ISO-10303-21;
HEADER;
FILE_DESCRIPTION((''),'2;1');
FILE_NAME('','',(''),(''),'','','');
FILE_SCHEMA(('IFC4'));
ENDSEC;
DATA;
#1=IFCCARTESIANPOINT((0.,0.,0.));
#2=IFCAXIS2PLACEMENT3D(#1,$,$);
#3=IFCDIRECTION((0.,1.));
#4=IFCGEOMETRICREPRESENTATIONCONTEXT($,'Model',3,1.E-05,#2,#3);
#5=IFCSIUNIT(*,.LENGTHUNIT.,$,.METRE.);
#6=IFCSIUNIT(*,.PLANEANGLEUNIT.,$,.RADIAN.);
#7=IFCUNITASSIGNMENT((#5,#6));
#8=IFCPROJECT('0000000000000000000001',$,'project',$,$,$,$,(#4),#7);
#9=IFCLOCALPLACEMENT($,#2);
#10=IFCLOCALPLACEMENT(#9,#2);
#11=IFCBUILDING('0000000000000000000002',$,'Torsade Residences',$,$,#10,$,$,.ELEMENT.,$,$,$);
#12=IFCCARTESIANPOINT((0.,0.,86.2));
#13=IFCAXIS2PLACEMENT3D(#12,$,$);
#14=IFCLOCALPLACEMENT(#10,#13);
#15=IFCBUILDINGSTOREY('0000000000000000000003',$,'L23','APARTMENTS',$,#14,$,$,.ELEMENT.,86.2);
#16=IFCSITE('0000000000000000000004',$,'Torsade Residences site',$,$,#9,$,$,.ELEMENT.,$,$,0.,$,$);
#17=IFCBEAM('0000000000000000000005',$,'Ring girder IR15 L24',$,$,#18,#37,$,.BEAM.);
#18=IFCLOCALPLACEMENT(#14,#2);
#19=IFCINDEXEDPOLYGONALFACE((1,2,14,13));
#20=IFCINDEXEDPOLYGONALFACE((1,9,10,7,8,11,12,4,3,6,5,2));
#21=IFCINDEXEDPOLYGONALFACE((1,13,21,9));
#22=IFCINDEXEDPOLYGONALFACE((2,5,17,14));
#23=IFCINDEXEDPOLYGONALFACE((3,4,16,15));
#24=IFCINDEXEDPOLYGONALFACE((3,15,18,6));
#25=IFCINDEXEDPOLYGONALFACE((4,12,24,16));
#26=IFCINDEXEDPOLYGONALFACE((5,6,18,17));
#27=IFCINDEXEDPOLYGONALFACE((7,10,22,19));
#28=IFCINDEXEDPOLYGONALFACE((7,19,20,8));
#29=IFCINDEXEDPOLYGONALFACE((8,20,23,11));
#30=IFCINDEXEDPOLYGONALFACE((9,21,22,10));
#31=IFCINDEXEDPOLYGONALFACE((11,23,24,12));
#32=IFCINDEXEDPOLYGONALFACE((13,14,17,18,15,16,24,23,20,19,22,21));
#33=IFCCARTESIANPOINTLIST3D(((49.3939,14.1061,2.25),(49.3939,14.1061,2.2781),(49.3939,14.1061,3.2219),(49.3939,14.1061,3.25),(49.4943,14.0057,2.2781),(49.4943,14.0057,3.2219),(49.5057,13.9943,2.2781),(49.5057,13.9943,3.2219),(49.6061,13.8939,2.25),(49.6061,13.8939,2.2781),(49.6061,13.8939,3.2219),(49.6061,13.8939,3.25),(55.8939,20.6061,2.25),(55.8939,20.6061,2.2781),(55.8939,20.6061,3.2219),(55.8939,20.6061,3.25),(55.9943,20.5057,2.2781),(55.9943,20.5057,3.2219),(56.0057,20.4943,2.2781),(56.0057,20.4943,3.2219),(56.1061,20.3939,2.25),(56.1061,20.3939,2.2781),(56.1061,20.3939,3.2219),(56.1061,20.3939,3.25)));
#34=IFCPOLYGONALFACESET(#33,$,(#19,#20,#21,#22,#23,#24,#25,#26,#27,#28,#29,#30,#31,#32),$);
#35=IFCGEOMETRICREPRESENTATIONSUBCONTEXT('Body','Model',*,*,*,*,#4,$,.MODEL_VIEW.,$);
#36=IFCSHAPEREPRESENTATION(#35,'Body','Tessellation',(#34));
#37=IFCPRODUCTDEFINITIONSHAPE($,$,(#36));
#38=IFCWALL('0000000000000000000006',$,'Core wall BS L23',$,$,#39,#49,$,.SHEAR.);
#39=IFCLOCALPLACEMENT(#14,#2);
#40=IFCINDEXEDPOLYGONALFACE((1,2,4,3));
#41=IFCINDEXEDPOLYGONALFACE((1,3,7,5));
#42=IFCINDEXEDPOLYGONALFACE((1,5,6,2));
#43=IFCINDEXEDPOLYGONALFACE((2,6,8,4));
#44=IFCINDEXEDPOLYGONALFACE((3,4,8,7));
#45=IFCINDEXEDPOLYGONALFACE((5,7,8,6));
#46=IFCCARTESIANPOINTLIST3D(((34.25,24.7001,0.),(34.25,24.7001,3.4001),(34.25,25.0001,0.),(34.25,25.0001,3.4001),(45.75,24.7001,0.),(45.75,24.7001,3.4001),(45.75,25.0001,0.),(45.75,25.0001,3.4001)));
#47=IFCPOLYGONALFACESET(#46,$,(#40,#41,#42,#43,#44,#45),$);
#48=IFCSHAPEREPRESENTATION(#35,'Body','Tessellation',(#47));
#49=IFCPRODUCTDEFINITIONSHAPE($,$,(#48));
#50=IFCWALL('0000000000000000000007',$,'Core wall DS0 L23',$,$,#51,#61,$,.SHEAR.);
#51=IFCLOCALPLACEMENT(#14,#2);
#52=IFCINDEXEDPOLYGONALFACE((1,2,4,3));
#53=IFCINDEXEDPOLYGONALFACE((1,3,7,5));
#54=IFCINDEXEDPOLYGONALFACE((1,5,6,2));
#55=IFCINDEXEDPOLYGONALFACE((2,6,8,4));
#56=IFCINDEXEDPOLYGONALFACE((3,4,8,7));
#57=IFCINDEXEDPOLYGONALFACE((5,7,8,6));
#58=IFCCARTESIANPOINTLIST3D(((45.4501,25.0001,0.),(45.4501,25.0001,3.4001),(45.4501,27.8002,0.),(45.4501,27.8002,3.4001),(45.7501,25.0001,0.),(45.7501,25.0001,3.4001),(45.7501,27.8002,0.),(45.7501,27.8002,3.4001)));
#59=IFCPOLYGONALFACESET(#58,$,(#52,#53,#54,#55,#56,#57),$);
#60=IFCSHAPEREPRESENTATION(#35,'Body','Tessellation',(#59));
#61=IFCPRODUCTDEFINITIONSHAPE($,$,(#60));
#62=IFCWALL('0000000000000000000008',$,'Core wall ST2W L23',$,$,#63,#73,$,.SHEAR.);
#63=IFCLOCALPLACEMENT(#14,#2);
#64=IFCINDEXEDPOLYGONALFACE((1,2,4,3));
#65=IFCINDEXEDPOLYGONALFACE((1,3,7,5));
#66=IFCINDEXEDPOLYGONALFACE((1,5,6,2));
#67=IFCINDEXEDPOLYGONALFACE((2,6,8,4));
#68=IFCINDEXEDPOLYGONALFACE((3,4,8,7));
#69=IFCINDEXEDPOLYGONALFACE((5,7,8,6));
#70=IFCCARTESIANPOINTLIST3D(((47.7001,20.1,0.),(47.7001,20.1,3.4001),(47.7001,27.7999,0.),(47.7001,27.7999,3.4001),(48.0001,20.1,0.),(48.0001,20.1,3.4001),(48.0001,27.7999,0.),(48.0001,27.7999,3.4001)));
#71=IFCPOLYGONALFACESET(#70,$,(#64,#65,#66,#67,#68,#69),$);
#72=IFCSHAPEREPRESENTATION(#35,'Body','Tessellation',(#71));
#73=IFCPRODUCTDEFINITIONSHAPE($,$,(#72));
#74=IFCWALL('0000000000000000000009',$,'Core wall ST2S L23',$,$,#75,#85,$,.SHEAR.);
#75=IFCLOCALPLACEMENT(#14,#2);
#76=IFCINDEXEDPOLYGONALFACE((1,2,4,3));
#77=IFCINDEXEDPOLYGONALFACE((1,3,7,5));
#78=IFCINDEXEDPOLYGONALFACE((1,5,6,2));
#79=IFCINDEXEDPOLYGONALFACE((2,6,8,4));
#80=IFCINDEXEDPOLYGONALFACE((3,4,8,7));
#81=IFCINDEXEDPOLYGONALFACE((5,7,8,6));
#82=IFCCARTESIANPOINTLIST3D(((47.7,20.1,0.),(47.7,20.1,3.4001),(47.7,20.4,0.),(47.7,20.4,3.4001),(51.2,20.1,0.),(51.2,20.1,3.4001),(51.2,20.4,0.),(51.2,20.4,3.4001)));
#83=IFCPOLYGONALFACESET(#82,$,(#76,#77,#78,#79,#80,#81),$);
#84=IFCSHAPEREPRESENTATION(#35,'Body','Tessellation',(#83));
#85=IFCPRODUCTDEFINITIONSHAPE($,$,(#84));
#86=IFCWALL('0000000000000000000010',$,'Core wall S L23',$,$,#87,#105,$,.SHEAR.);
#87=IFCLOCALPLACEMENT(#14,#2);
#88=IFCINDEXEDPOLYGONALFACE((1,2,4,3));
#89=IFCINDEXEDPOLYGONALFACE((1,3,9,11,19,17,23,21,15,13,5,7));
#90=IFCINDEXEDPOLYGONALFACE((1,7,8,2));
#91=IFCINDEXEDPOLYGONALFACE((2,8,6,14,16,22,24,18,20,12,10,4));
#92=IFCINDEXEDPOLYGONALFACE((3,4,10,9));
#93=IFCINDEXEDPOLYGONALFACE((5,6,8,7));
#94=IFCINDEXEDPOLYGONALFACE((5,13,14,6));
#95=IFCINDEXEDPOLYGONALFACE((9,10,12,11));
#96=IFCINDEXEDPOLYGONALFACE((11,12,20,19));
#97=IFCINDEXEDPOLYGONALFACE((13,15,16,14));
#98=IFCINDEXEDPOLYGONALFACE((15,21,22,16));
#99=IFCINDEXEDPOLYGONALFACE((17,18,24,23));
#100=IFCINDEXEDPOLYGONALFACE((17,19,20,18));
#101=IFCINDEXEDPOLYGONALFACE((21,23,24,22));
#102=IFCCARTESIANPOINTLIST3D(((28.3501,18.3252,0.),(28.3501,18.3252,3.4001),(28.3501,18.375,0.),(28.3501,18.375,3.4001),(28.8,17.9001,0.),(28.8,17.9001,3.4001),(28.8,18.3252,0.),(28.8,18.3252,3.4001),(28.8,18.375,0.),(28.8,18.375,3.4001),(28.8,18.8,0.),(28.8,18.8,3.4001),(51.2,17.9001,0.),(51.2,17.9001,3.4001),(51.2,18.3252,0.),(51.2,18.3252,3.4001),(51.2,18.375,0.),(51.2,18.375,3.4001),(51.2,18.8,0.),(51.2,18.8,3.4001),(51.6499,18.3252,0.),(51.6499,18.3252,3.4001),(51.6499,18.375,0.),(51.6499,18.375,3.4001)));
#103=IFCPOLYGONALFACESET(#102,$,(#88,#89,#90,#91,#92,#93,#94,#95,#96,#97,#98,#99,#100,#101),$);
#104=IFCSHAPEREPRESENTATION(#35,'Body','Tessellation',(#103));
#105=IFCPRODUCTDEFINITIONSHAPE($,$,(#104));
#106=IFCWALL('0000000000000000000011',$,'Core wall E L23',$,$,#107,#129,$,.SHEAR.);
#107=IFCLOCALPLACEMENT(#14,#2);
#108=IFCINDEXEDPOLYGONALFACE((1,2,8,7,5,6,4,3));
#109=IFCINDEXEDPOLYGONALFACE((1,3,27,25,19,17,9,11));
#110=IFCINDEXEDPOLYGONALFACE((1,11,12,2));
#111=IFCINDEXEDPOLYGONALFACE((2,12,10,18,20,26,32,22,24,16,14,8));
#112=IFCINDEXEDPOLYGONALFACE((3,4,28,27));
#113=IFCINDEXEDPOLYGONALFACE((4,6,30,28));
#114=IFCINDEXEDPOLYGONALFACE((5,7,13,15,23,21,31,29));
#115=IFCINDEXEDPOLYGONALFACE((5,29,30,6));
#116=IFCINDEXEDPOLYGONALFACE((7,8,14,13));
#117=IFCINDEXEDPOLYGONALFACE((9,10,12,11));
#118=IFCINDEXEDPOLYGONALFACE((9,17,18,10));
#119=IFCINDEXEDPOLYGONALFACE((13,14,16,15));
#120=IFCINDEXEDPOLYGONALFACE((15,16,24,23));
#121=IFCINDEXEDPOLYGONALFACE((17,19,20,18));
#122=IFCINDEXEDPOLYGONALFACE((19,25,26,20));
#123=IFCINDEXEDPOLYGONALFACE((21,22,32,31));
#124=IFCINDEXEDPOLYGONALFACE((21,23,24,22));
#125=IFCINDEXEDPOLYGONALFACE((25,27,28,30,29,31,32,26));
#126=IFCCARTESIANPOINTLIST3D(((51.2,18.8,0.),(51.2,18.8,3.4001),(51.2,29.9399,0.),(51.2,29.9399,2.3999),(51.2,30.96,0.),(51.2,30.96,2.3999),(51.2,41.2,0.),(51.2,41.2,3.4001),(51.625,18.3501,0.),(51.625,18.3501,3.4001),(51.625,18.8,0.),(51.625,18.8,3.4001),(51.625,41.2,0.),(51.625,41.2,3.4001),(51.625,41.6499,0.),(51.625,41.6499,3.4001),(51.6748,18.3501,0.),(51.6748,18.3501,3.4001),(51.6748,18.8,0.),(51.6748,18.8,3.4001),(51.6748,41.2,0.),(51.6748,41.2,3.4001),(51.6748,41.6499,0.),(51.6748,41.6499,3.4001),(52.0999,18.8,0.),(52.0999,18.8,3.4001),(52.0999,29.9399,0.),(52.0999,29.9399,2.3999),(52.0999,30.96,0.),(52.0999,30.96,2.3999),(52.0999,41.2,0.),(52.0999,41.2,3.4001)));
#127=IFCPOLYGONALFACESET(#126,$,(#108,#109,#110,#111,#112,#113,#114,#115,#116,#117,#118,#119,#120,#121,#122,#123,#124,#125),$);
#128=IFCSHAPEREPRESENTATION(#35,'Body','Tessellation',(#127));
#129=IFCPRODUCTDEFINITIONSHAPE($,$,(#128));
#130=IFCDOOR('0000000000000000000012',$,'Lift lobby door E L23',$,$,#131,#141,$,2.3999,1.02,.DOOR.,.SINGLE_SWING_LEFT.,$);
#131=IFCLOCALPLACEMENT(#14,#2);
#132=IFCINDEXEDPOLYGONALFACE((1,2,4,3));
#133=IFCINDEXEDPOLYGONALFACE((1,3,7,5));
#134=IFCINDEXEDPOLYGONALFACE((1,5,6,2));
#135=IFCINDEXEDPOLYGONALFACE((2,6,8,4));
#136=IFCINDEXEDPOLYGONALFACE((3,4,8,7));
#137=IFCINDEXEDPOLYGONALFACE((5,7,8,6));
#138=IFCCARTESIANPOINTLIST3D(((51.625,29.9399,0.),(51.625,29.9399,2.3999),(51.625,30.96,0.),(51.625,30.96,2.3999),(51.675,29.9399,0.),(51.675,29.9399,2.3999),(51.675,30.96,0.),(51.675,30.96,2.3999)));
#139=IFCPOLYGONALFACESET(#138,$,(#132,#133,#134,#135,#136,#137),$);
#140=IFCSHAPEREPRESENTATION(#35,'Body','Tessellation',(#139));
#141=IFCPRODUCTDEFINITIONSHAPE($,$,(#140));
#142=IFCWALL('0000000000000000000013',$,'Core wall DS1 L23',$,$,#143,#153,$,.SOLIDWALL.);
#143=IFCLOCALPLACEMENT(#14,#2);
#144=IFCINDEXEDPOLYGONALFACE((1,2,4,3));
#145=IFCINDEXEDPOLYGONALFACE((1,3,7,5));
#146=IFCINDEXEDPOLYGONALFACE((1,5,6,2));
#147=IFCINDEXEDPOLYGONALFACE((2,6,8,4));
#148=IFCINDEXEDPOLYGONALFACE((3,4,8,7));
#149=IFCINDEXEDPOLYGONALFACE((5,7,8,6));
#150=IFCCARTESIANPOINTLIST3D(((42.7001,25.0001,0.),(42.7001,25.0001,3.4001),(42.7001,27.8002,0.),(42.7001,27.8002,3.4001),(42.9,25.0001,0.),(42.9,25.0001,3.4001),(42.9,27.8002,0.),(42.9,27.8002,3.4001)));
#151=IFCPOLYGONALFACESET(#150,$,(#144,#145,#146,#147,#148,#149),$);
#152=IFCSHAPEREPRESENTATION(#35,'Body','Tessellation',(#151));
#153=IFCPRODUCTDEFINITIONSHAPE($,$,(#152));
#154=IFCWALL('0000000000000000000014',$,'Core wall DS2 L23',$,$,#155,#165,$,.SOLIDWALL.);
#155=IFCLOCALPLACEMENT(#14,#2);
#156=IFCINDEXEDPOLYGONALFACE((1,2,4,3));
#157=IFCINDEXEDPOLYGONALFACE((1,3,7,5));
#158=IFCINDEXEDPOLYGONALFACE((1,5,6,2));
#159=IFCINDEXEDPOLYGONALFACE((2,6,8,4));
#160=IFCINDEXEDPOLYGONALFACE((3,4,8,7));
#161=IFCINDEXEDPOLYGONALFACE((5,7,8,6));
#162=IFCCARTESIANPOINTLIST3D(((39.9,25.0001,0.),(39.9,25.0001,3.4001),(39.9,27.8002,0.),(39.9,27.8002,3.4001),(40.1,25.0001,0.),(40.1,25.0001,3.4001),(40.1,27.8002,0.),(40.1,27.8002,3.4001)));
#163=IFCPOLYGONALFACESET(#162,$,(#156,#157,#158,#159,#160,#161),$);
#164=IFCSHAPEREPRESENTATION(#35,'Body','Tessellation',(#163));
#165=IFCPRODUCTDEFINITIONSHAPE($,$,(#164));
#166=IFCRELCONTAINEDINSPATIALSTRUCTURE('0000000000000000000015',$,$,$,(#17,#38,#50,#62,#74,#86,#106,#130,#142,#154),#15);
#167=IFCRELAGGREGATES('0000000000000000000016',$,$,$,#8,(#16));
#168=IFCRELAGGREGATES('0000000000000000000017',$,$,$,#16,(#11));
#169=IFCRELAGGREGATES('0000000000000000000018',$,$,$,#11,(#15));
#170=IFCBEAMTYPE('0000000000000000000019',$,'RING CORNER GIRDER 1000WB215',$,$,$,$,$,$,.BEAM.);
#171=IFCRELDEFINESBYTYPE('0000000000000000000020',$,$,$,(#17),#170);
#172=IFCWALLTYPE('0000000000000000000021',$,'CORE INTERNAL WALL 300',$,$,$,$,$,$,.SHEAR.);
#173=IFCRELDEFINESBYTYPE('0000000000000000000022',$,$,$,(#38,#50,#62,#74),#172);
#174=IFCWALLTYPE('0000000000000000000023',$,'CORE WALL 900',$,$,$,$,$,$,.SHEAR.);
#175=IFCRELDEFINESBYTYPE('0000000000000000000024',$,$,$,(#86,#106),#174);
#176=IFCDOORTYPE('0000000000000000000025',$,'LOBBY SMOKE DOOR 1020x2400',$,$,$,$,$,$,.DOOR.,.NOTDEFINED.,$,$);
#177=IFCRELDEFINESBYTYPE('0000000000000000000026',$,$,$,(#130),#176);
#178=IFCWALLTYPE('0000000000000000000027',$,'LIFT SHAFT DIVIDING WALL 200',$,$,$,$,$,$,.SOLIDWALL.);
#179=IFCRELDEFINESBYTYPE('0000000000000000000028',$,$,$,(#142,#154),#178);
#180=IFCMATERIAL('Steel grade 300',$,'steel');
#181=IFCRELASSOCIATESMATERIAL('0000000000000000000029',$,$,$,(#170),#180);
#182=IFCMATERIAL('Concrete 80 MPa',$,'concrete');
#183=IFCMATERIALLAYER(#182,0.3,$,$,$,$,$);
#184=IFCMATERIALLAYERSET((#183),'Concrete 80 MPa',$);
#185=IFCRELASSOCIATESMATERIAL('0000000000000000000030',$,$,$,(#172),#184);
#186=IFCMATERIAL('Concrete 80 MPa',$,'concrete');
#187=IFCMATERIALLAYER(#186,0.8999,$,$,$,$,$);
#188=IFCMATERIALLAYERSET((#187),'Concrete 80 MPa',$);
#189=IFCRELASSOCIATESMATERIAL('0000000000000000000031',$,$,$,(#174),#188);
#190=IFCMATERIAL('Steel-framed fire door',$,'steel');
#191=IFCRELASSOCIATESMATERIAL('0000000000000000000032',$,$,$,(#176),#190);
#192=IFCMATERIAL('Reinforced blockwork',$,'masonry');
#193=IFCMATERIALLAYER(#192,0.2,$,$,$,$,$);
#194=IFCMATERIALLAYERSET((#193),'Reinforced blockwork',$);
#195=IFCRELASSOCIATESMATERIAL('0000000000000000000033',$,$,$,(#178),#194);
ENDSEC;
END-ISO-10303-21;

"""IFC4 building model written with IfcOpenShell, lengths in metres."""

from ifc_helpers import new_model, si_unit, direction, frame, frame_2d, origin, origin_2d, place, context, subcontext, project, spatial, polyline, rectangle, i_section, outline, extrude, material, layer, layer_set, material_profile, profile_set, type_object, element, fill, save


model = new_model("IFC4")

# Units and contexts
model_context = context("Model", 3, precision=1e-05, world=origin(), true_north=direction((0.0, 1.0)))
body_context = subcontext(model_context, "Body", "Model", "MODEL_VIEW")
ifc_project = project(units=[si_unit("LENGTHUNIT", "METRE"), si_unit("PLANEANGLEUNIT", "RADIAN")], contexts=[model_context])

# Site, building, storey
site_placement = place(None, origin())
site = spatial("IfcSite", under=ifc_project, at=site_placement, Name="Torsade Residences site", CompositionType="ELEMENT", RefElevation=0.0)
building_placement = place(site_placement, origin())
building = spatial("IfcBuilding", under=site, at=building_placement, Name="Torsade Residences", CompositionType="ELEMENT")
storey_placement = place(building_placement, frame((0.0, 0.0, 86.2)))
storey = spatial("IfcBuildingStorey", under=building, at=storey_placement, Name="L23", Description="APARTMENTS", CompositionType="ELEMENT", Elevation=86.2)

# Beam
ifc_material_1 = material(Name="Steel grade 300", Category="steel")
ifc_material_profile_1 = material_profile(ifc_material_1, i_section(OverallWidth=0.3, OverallDepth=1.0, WebThickness=0.0161, FlangeThickness=0.0281, at=origin_2d()), Name="1000WB215")
ifc_profile_set_1 = profile_set([ifc_material_profile_1], Name="Steel grade 300")
beam_type_1 = type_object("IfcBeamType", Name="RING CORNER GIRDER 1000WB215", PredefinedType="BEAM", material=ifc_profile_set_1)
beam_1_placement = place(storey_placement, frame((49.5, 14.0, 2.75), z_axis=(0.707107, 0.707107, 0.0), x_axis=(-0.707107, 0.707107, 0.0)))
element("IfcBeam", 1, at=beam_1_placement, inside=storey, type_object=beam_type_1, Name="Ring girder IR15 L24", PredefinedType="BEAM", context=body_context, shape_type="SweptSolid", body=[
    extrude(i_section(OverallWidth=0.3, OverallDepth=1.0, WebThickness=0.0161, FlangeThickness=0.0281, at=origin_2d()), origin(), (0.0, 0.0, 1.0), 9.1924),
])

# Walls
ifc_material_2 = material(Name="Concrete 80 MPa", Category="concrete")
ifc_layer_1 = layer(ifc_material_2, 0.3)
ifc_layer_set_1 = layer_set([ifc_layer_1], Name="Concrete 80 MPa")
wall_type_1 = type_object("IfcWallType", Name="CORE INTERNAL WALL 300", PredefinedType="SHEAR", material=ifc_layer_set_1)
wall_1_placement = place(storey_placement, frame((45.75, 24.8501, 0.0), z_axis=(0.0, 0.0, 1.0), x_axis=(-1.0, 0.0, 0.0)))
element("IfcWall", 2, at=wall_1_placement, inside=storey, type_object=wall_type_1, Name="Core wall BS L23", PredefinedType="SHEAR", context=body_context, shape_type="SweptSolid", body=[
    extrude(rectangle(XDim=11.5, YDim=0.3, at=frame_2d((5.75, 0.0))), origin(), (0.0, 0.0, 1.0), 3.4001),
])
wall_2_placement = place(storey_placement, frame((45.6001, 27.8, 0.0), z_axis=(0.0, 0.0, 1.0), x_axis=(0.0, -1.0, 0.0)))
element("IfcWall", 3, at=wall_2_placement, inside=storey, type_object=wall_type_1, Name="Core wall DS0 L23", PredefinedType="SHEAR", context=body_context, shape_type="SweptSolid", body=[
    extrude(rectangle(XDim=2.8, YDim=0.3, at=frame_2d((1.3999, 0.0))), origin(), (0.0, 0.0, 1.0), 3.4001),
])
wall_3_placement = place(storey_placement, frame((47.8501, 27.8, 0.0), z_axis=(0.0, 0.0, 1.0), x_axis=(0.0, -1.0, 0.0)))
element("IfcWall", 4, at=wall_3_placement, inside=storey, type_object=wall_type_1, Name="Core wall ST2W L23", PredefinedType="SHEAR", context=body_context, shape_type="SweptSolid", body=[
    extrude(rectangle(XDim=7.7, YDim=0.3, at=frame_2d((3.8501, 0.0))), origin(), (0.0, 0.0, 1.0), 3.4001),
])
wall_4_placement = place(storey_placement, frame((51.2, 20.25, 0.0), z_axis=(0.0, 0.0, 1.0), x_axis=(-1.0, 0.0, 0.0)))
element("IfcWall", 5, at=wall_4_placement, inside=storey, type_object=wall_type_1, Name="Core wall ST2S L23", PredefinedType="SHEAR", context=body_context, shape_type="SweptSolid", body=[
    extrude(rectangle(XDim=3.5, YDim=0.3, at=frame_2d((1.75, 0.0))), origin(), (0.0, 0.0, 1.0), 3.4001),
])
ifc_material_3 = material(Name="Concrete 80 MPa", Category="concrete")
ifc_layer_2 = layer(ifc_material_3, 0.8999)
ifc_layer_set_2 = layer_set([ifc_layer_2], Name="Concrete 80 MPa")
wall_type_2 = type_object("IfcWallType", Name="CORE WALL 900", PredefinedType="SHEAR", material=ifc_layer_set_2)
wall_5_placement = place(storey_placement, frame((51.2, 18.3501, 0.0), z_axis=(0.0, 0.0, 1.0), x_axis=(-1.0, 0.0, 0.0)))
element("IfcWall", 6, at=wall_5_placement, inside=storey, type_object=wall_type_2, Name="Core wall S L23", PredefinedType="SHEAR", context=body_context, shape_type="SweptSolid", body=[
    extrude(outline(polyline([(0.0, -0.45), (22.3999, -0.45), (22.3999, -0.0249), (22.8499, -0.0249), (22.8499, 0.0249), (22.3999, 0.0249), (22.3999, 0.45), (0.0, 0.45), (0.0, 0.0249), (-0.45, 0.0249), (-0.45, -0.0249), (0.0, -0.0249), (0.0, -0.45)])), origin(), (0.0, 0.0, 1.0), 3.4001),
])

# Wall, opening, door
wall_6_placement = place(storey_placement, frame((51.6499, 18.8, 0.0), z_axis=(0.0, 0.0, 1.0), x_axis=(0.0, 1.0, 0.0)))
wall_6 = element("IfcWall", 7, at=wall_6_placement, inside=storey, type_object=wall_type_2, Name="Core wall E L23", PredefinedType="SHEAR", context=body_context, shape_type="SweptSolid", body=[
    extrude(outline(polyline([(0.0, -0.45), (22.3999, -0.45), (22.3999, -0.0249), (22.8499, -0.0249), (22.8499, 0.0249), (22.3999, 0.0249), (22.3999, 0.45), (0.0, 0.45), (0.0, 0.0249), (-0.45, 0.0249), (-0.45, -0.0249), (0.0, -0.0249), (0.0, -0.45)])), origin(), (0.0, 0.0, 1.0), 3.4001),
])
opening_1_placement = place(wall_6_placement, frame((11.1399, 0.0, 0.0)))
opening_1 = element("IfcOpeningElement", 8, at=opening_1_placement, cuts=wall_6, PredefinedType="OPENING", context=body_context, shape_type="SweptSolid", body=[
    extrude(rectangle(XDim=1.02, YDim=2.3999, at=frame_2d((0.51, 1.2))), frame((0.0, 0.46, 0.0), z_axis=(0.0, -1.0, 0.0), x_axis=(1.0, 0.0, 0.0)), (0.0, 0.0, 1.0), 0.9199),
])
ifc_material_4 = material(Name="Steel-framed fire door", Category="steel")
door_type_1 = type_object("IfcDoorType", Name="LOBBY SMOKE DOOR 1020x2400", OperationType="NOTDEFINED", PredefinedType="DOOR", material=ifc_material_4)
door_1_placement = place(opening_1_placement, origin())
door_1 = element("IfcDoor", 9, at=door_1_placement, inside=storey, type_object=door_type_1, Name="Lift lobby door E L23", OperationType="SINGLE_SWING_LEFT", OverallHeight=2.3999, OverallWidth=1.02, PredefinedType="DOOR", context=body_context, shape_type="SweptSolid", body=[
    extrude(rectangle(XDim=1.02, YDim=2.3999, at=frame_2d((0.51, 1.2))), frame((0.0, 0.0249, 0.0), z_axis=(0.0, -1.0, 0.0), x_axis=(1.0, 0.0, 0.0)), (0.0, 0.0, 1.0), 0.05),
])
fill(opening_1, door_1)

# Walls
ifc_material_5 = material(Name="Reinforced blockwork", Category="masonry")
ifc_layer_3 = layer(ifc_material_5, 0.2)
ifc_layer_set_3 = layer_set([ifc_layer_3], Name="Reinforced blockwork")
wall_type_3 = type_object("IfcWallType", Name="LIFT SHAFT DIVIDING WALL 200", PredefinedType="SOLIDWALL", material=ifc_layer_set_3)
for number, where, z_axis, x_axis, name in (
    (10, (42.8, 27.8, 0.0), (0.0, 0.0, 1.0), (0.0, -1.0, 0.0), "Core wall DS1 L23"),
    (11, (40.0, 27.8, 0.0), (0.0, 0.0, 1.0), (0.0, -1.0, 0.0), "Core wall DS2 L23"),
):
    element("IfcWall", number, at=place(storey_placement, frame(where, z_axis=z_axis, x_axis=x_axis)), inside=storey, type_object=wall_type_3, Name=name, PredefinedType="SOLIDWALL", context=body_context, shape_type="SweptSolid", body=[
        extrude(rectangle(XDim=2.8, YDim=0.2, at=frame_2d((1.3999, 0.0))), origin(), (0.0, 0.0, 1.0), 3.4001),
    ])

save(model, "model.ifc")
